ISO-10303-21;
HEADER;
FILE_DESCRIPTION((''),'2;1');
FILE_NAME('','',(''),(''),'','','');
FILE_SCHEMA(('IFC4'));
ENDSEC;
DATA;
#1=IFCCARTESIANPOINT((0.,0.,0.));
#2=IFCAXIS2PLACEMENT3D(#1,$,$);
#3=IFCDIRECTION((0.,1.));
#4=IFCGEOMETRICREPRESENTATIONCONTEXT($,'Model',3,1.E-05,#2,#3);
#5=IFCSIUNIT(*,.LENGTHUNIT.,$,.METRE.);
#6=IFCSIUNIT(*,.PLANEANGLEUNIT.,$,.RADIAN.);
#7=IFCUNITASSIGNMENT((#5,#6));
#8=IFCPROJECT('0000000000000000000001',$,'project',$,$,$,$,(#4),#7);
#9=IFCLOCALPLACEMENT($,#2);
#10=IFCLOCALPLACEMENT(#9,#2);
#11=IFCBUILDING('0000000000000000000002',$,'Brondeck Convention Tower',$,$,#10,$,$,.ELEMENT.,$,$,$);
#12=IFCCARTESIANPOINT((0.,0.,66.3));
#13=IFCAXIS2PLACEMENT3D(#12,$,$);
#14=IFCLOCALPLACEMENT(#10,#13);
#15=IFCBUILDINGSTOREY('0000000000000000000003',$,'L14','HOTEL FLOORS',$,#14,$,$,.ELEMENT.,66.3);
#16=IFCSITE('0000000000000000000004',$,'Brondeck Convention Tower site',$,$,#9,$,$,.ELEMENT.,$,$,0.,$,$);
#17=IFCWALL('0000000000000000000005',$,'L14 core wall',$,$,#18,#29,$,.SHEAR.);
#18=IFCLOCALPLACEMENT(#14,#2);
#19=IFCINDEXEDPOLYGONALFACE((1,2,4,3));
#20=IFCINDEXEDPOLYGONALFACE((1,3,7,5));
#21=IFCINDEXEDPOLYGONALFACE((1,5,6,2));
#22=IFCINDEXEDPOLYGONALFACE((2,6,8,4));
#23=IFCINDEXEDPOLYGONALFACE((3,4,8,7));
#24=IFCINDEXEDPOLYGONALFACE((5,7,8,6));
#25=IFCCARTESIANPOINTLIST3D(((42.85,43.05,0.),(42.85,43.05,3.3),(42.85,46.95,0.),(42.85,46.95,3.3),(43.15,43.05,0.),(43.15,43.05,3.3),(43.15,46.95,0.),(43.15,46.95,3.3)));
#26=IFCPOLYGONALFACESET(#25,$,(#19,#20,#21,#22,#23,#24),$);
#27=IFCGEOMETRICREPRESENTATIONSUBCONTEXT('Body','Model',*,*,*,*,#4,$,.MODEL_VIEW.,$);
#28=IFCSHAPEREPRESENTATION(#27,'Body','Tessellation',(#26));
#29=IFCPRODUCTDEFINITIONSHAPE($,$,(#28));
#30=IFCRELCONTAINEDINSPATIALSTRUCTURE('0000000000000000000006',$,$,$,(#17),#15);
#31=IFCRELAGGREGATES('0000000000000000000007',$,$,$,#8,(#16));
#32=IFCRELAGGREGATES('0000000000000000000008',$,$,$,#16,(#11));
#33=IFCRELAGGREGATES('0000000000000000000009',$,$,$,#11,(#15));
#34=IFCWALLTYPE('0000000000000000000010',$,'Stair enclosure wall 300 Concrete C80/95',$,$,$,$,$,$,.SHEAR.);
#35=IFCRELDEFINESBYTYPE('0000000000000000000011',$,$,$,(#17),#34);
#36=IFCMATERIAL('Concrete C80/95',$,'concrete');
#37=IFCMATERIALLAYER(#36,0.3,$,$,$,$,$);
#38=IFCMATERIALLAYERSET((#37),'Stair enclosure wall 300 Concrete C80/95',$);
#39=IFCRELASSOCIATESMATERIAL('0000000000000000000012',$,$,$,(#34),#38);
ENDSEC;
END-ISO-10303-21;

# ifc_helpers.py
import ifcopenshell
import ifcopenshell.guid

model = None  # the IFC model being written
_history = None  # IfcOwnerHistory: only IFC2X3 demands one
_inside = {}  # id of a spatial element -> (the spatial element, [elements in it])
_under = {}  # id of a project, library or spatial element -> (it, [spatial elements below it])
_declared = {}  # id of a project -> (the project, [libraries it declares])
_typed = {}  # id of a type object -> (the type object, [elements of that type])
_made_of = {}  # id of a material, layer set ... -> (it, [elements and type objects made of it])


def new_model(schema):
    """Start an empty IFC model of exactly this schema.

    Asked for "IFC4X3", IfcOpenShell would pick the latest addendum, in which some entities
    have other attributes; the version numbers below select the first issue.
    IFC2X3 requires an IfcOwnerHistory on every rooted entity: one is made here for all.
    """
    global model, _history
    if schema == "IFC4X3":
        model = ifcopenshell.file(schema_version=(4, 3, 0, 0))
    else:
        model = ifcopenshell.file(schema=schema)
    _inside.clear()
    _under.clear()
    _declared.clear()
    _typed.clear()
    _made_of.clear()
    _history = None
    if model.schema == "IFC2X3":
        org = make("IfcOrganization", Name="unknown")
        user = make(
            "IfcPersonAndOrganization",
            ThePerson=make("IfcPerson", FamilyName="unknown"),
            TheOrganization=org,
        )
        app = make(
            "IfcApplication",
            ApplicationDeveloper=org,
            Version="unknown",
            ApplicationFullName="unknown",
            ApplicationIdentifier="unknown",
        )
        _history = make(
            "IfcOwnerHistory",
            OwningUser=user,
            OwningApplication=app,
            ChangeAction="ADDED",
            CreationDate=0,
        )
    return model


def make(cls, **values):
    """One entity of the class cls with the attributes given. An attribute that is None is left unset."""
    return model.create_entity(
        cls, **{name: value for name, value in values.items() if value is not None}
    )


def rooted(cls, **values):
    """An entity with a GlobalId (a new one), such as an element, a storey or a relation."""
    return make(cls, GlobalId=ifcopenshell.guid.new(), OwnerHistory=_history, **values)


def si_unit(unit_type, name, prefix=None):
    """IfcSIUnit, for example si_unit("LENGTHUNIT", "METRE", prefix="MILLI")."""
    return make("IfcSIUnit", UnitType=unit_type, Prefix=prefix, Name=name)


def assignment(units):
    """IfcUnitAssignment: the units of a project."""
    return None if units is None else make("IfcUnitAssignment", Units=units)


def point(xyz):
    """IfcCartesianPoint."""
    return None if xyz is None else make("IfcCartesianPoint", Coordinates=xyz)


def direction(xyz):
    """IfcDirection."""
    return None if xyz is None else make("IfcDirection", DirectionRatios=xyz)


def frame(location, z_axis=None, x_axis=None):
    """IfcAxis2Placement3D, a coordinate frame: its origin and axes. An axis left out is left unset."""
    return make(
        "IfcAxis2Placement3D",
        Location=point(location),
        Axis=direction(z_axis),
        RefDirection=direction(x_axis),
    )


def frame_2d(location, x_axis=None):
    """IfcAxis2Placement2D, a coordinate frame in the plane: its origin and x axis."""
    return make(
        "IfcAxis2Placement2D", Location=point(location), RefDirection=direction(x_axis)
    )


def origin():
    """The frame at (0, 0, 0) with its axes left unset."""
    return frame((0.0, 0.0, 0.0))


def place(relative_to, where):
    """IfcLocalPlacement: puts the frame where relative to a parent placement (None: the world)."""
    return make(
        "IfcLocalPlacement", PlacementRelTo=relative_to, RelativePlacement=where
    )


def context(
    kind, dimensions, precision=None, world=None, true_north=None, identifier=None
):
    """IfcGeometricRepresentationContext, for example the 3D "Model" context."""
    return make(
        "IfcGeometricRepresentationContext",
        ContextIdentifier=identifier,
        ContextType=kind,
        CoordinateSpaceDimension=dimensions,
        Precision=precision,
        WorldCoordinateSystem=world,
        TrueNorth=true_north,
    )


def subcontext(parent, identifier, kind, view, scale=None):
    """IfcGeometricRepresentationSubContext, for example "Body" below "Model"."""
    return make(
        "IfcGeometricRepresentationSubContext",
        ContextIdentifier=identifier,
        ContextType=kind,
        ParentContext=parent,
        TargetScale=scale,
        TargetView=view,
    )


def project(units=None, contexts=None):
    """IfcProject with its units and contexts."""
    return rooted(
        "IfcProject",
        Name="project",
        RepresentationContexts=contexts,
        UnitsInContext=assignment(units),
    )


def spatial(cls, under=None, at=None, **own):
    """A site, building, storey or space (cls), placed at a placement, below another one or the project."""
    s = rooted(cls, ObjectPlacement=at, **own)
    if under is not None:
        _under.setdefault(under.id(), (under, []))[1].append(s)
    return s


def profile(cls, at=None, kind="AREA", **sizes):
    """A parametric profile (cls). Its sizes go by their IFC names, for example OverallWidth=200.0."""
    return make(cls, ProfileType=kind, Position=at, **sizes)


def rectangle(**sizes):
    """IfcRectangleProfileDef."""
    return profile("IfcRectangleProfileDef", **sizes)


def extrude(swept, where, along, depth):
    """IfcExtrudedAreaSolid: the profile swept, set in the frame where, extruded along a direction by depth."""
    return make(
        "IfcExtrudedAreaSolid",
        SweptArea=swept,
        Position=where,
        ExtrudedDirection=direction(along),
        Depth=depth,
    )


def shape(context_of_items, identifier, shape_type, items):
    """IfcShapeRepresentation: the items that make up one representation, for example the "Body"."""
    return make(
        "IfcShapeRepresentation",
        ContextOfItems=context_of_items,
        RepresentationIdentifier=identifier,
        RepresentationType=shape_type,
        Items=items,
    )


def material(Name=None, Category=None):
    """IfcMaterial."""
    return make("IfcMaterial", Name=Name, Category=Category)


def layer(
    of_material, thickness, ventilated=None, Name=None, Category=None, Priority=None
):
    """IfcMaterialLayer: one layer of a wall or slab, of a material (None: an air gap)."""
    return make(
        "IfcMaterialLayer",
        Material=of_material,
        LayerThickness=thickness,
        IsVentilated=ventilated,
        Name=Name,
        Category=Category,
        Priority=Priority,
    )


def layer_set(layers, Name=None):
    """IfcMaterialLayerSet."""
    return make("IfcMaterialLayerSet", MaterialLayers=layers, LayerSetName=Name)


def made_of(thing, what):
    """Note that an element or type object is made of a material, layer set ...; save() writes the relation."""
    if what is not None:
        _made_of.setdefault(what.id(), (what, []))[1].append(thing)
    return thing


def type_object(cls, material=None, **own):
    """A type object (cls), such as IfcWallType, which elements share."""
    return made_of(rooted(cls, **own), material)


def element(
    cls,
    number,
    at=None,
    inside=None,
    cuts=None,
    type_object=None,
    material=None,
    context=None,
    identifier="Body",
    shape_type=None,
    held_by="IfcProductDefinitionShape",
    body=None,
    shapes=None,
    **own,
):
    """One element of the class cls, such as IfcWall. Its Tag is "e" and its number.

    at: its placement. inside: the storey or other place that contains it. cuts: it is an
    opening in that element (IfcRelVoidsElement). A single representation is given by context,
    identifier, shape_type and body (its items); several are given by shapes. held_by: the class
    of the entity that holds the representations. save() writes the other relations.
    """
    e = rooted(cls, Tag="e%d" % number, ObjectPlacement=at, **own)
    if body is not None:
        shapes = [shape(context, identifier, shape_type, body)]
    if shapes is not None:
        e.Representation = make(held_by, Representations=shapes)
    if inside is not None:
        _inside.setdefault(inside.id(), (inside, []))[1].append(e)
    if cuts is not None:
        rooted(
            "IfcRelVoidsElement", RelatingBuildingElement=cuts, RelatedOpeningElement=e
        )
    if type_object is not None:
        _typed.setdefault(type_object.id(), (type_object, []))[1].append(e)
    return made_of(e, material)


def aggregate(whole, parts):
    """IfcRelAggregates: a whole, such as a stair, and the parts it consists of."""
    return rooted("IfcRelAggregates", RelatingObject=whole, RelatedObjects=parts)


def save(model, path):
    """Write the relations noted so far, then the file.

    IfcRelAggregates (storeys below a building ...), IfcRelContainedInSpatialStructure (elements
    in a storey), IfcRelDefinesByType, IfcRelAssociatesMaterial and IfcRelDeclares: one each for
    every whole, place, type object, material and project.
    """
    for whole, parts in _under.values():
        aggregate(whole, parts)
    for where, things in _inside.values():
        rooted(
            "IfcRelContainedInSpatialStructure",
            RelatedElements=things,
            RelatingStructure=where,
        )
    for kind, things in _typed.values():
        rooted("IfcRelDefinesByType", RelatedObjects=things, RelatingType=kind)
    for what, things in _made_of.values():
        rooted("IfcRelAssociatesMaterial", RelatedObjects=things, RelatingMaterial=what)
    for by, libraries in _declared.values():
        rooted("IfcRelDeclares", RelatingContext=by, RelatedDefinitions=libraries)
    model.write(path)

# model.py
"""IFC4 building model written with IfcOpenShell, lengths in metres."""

from ifc_helpers import new_model, si_unit, direction, frame, frame_2d, origin, place, context, subcontext, project, spatial, rectangle, extrude, material, layer, layer_set, type_object, element, save


model = new_model("IFC4")

# Units and contexts
model_context = context("Model", 3, precision=1e-05, world=origin(), true_north=direction((0.0, 1.0)))
body_context = subcontext(model_context, "Body", "Model", "MODEL_VIEW")
ifc_project = project(units=[si_unit("LENGTHUNIT", "METRE"), si_unit("PLANEANGLEUNIT", "RADIAN")], contexts=[model_context])

# Site, building, storey
site_placement = place(None, origin())
site = spatial("IfcSite", under=ifc_project, at=site_placement, Name="Brondeck Convention Tower site", CompositionType="ELEMENT", RefElevation=0.0)
building_placement = place(site_placement, origin())
building = spatial("IfcBuilding", under=site, at=building_placement, Name="Brondeck Convention Tower", CompositionType="ELEMENT")
storey_placement = place(building_placement, frame((0.0, 0.0, 66.3)))
storey = spatial("IfcBuildingStorey", under=building, at=storey_placement, Name="L14", Description="HOTEL FLOORS", CompositionType="ELEMENT", Elevation=66.3)

# Shared definitions
ifc_material_1 = material(Name="Concrete C80/95", Category="concrete")

# Wall
ifc_layer_1 = layer(ifc_material_1, 0.3)
ifc_layer_set_1 = layer_set([ifc_layer_1], Name="Stair enclosure wall 300 Concrete C80/95")
wall_type_1 = type_object("IfcWallType", Name="Stair enclosure wall 300 Concrete C80/95", PredefinedType="SHEAR", material=ifc_layer_set_1)
wall_1_placement = place(storey_placement, frame((43.0, 43.05, 0.0), z_axis=(0.0, 0.0, 1.0), x_axis=(0.0, 1.0, 0.0)))
element("IfcWall", 1, at=wall_1_placement, inside=storey, type_object=wall_type_1, Name="L14 core wall", PredefinedType="SHEAR", context=body_context, shape_type="SweptSolid", body=[
    extrude(rectangle(XDim=3.8999, YDim=0.3, at=frame_2d((1.95, 0.0))), origin(), (0.0, 0.0, 1.0), 3.3),
])

save(model, "model.ifc")
